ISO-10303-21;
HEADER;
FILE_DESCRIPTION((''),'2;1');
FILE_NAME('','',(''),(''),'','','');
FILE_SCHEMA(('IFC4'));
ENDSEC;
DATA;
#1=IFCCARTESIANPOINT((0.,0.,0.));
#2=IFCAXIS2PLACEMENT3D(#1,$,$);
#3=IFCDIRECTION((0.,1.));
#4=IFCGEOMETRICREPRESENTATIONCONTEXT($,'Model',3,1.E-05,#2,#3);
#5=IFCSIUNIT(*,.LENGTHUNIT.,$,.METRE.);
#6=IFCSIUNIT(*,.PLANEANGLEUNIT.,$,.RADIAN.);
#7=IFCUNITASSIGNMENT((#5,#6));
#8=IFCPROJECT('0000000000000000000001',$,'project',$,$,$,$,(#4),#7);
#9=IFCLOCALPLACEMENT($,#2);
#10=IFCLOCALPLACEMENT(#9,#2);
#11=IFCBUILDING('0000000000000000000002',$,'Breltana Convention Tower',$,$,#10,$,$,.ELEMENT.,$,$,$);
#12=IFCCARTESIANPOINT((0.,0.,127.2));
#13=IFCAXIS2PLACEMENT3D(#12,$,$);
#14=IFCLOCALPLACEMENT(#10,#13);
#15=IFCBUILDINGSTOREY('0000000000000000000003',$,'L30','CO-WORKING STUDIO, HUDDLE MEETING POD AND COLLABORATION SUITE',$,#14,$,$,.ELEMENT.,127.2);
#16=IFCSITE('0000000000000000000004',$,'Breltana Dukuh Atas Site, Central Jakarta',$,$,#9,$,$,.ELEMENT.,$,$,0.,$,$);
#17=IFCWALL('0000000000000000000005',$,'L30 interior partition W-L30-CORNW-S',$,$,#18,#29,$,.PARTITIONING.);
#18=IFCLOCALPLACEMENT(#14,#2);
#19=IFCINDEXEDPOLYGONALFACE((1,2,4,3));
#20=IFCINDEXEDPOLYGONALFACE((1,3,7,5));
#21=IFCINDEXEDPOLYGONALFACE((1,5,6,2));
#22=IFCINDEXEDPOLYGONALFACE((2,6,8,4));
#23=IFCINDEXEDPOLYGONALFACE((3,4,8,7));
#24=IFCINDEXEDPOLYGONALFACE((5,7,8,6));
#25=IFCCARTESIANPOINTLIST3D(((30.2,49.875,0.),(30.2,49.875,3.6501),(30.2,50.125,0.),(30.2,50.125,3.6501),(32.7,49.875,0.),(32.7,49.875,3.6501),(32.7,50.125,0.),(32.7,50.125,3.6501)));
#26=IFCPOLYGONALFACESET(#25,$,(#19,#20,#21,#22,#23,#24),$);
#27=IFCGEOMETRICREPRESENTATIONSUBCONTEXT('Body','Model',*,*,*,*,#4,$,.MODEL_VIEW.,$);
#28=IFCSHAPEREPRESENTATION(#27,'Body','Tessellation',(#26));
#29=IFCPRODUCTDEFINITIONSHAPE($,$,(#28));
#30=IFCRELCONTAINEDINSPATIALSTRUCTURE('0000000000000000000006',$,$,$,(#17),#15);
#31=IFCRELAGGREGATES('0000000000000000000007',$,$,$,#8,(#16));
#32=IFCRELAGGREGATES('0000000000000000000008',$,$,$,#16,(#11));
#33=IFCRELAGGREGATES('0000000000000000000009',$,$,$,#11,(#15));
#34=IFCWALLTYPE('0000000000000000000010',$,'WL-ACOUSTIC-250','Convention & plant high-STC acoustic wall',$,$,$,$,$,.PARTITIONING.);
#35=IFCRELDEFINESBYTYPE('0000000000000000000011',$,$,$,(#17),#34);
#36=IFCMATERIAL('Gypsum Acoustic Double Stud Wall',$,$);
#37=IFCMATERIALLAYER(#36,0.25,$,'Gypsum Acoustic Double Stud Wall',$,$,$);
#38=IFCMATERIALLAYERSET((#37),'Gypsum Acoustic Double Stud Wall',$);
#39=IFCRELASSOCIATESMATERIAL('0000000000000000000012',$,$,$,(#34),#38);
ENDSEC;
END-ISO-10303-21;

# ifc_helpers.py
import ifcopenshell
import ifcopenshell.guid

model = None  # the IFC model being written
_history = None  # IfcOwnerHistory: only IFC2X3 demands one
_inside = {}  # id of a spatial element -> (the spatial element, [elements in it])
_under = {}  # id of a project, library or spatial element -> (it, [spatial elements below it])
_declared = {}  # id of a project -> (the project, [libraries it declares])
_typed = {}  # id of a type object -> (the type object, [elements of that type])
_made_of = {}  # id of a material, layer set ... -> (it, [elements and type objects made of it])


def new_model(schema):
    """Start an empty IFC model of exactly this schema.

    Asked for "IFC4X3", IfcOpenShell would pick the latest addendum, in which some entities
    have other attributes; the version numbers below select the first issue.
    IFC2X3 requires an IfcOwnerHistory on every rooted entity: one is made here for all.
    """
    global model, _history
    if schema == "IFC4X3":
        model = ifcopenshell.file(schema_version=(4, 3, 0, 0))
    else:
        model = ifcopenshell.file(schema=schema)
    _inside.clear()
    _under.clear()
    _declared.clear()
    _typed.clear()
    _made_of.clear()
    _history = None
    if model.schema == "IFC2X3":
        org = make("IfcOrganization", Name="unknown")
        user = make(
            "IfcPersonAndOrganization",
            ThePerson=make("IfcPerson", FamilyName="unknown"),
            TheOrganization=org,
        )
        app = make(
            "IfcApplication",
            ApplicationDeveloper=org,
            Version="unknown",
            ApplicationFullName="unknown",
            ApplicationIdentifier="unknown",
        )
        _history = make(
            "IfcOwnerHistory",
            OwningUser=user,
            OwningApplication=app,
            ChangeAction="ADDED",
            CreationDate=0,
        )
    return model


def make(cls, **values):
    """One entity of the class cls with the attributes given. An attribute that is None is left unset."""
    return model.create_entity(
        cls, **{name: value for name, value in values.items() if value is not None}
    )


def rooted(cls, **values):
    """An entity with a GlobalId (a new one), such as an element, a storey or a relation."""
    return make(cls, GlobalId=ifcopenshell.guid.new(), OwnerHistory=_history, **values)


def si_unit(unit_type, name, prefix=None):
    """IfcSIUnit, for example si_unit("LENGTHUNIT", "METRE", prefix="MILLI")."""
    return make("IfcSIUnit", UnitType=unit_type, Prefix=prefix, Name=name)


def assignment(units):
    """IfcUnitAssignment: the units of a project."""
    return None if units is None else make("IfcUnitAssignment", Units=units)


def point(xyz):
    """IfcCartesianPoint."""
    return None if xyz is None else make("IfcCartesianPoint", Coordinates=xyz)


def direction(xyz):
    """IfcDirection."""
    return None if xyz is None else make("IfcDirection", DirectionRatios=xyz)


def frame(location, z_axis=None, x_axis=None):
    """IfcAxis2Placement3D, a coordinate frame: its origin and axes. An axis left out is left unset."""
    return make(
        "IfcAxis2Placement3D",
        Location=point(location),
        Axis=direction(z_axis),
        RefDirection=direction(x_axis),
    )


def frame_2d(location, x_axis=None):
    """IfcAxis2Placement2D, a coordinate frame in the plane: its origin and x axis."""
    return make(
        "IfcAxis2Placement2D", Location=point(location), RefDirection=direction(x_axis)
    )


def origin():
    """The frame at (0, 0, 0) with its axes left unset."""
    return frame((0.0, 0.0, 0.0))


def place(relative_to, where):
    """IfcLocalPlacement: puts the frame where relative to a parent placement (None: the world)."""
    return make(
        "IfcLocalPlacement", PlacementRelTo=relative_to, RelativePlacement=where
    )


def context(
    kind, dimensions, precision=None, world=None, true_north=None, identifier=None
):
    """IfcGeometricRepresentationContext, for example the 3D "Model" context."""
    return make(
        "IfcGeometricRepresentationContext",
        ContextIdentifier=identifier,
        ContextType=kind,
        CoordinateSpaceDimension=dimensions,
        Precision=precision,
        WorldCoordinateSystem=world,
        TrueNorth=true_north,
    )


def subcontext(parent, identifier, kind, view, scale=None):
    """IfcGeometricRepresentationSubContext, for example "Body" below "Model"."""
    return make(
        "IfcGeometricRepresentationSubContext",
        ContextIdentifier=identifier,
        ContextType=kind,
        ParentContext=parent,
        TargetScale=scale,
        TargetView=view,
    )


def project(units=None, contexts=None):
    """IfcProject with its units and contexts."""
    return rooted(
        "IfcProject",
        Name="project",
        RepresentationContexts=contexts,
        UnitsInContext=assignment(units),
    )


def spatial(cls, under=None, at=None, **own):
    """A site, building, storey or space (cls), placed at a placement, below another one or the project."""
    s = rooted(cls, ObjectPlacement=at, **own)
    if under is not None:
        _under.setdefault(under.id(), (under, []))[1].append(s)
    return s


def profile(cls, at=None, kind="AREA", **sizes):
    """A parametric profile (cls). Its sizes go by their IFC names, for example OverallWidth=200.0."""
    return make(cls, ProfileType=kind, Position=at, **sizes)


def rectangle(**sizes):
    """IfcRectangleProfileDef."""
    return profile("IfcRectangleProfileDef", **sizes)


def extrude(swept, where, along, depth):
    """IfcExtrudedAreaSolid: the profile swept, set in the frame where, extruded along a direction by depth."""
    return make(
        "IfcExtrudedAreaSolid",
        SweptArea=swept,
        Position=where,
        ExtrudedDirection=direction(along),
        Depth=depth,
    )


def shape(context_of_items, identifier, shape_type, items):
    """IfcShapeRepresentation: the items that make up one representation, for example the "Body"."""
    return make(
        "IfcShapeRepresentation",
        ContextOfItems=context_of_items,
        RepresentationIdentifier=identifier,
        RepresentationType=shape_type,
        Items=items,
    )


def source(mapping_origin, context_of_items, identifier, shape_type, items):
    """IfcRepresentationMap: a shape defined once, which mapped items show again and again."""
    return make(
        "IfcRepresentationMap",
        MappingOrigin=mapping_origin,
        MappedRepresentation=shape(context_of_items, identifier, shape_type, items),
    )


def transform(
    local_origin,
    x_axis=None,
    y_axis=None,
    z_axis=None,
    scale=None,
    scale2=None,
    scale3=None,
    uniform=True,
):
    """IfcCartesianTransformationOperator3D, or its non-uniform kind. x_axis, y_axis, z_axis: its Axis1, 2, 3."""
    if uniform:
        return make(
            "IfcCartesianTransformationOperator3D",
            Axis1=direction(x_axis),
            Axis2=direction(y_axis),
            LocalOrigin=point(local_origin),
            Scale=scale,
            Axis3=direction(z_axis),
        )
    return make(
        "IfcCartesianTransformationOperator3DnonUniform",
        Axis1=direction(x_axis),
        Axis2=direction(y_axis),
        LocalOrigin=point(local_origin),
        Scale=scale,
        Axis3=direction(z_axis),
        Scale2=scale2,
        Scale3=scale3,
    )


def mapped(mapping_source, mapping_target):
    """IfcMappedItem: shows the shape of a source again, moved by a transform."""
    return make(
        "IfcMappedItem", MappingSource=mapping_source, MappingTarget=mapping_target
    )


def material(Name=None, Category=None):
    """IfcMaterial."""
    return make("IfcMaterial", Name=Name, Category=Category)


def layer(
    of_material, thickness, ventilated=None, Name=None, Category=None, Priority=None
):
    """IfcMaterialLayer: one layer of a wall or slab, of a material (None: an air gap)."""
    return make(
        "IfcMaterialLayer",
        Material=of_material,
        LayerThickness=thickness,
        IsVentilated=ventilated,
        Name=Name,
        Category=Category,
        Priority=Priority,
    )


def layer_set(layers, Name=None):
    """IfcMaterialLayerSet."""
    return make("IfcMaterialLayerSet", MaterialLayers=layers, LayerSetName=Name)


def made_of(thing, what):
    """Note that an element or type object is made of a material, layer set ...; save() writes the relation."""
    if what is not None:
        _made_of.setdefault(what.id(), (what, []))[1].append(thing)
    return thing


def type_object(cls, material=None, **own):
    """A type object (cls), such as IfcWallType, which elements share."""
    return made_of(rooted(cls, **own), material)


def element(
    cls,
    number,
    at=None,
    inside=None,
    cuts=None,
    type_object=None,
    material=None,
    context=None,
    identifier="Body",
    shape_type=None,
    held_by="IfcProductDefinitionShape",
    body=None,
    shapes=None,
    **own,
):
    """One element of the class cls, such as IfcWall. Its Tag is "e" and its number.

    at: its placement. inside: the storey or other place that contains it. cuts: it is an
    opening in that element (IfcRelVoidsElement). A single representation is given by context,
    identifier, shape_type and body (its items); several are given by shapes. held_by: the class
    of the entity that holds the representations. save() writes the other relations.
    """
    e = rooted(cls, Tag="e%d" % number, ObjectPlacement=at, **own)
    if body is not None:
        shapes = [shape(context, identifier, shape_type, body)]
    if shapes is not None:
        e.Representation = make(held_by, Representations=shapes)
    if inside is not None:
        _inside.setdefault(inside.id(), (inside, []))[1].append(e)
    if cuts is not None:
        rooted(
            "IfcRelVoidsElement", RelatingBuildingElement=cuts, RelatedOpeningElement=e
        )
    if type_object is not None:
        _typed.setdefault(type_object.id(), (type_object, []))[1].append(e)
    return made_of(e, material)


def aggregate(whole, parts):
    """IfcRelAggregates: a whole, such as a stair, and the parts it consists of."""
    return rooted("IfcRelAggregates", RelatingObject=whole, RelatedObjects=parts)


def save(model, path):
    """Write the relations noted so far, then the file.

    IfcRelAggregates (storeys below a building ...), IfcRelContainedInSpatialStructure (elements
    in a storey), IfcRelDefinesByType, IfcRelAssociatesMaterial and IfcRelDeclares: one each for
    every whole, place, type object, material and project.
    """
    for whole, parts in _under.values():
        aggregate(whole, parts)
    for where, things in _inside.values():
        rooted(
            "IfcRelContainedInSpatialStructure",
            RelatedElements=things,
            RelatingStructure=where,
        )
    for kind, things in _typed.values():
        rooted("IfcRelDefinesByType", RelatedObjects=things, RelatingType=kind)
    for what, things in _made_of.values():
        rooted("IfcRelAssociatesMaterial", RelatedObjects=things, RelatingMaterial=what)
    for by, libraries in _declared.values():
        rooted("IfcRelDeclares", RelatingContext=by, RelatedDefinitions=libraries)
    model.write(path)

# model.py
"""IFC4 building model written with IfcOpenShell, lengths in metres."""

from ifc_helpers import new_model, si_unit, direction, frame, frame_2d, origin, place, context, subcontext, project, spatial, rectangle, extrude, source, transform, mapped, material, layer, layer_set, type_object, element, save


model = new_model("IFC4")

# Units and contexts
model_context = context("Model", 3, precision=1e-05, world=origin(), true_north=direction((0.0, 1.0)))
body_context = subcontext(model_context, "Body", "Model", "MODEL_VIEW")
ifc_project = project(units=[si_unit("LENGTHUNIT", "METRE"), si_unit("PLANEANGLEUNIT", "RADIAN")], contexts=[model_context])

# Site, building, storey
site_placement = place(None, origin())
site = spatial("IfcSite", under=ifc_project, at=site_placement, Name="Breltana Dukuh Atas Site, Central Jakarta", CompositionType="ELEMENT", RefElevation=0.0)
building_placement = place(site_placement, origin())
building = spatial("IfcBuilding", under=site, at=building_placement, Name="Breltana Convention Tower", CompositionType="ELEMENT")
storey_placement = place(building_placement, frame((0.0, 0.0, 127.2)))
storey = spatial("IfcBuildingStorey", under=building, at=storey_placement, Name="L30", Description="CO-WORKING STUDIO, HUDDLE MEETING POD AND COLLABORATION SUITE", CompositionType="ELEMENT", Elevation=127.2)

# Wall
ifc_material_1 = material(Name="Gypsum Acoustic Double Stud Wall")
ifc_layer_1 = layer(ifc_material_1, 0.25, Name="Gypsum Acoustic Double Stud Wall")
ifc_layer_set_1 = layer_set([ifc_layer_1], Name="Gypsum Acoustic Double Stud Wall")
wall_type_1 = type_object("IfcWallType", Name="WL-ACOUSTIC-250", Description="Convention & plant high-STC acoustic wall", PredefinedType="PARTITIONING", material=ifc_layer_set_1)
shared_shape_1 = source(origin(), body_context, "Body", "SweptSolid", [
    extrude(rectangle(XDim=2.5, YDim=0.25, at=frame_2d((1.25, 0.0))), origin(), (0.0, 0.0, 1.0), 3.6501),
])
wall_1_placement = place(storey_placement, frame((30.2, 50.0, 0.0), z_axis=(0.0, 0.0, 1.0), x_axis=(1.0, 0.0, 0.0)))
element("IfcWall", 1, at=wall_1_placement, inside=storey, type_object=wall_type_1, Name="L30 interior partition W-L30-CORNW-S", PredefinedType="PARTITIONING", context=body_context, shape_type="MappedRepresentation", body=[
    mapped(shared_shape_1, transform((0.0, 0.0, 0.0), scale=1.0)),
])

save(model, "model.ifc")
